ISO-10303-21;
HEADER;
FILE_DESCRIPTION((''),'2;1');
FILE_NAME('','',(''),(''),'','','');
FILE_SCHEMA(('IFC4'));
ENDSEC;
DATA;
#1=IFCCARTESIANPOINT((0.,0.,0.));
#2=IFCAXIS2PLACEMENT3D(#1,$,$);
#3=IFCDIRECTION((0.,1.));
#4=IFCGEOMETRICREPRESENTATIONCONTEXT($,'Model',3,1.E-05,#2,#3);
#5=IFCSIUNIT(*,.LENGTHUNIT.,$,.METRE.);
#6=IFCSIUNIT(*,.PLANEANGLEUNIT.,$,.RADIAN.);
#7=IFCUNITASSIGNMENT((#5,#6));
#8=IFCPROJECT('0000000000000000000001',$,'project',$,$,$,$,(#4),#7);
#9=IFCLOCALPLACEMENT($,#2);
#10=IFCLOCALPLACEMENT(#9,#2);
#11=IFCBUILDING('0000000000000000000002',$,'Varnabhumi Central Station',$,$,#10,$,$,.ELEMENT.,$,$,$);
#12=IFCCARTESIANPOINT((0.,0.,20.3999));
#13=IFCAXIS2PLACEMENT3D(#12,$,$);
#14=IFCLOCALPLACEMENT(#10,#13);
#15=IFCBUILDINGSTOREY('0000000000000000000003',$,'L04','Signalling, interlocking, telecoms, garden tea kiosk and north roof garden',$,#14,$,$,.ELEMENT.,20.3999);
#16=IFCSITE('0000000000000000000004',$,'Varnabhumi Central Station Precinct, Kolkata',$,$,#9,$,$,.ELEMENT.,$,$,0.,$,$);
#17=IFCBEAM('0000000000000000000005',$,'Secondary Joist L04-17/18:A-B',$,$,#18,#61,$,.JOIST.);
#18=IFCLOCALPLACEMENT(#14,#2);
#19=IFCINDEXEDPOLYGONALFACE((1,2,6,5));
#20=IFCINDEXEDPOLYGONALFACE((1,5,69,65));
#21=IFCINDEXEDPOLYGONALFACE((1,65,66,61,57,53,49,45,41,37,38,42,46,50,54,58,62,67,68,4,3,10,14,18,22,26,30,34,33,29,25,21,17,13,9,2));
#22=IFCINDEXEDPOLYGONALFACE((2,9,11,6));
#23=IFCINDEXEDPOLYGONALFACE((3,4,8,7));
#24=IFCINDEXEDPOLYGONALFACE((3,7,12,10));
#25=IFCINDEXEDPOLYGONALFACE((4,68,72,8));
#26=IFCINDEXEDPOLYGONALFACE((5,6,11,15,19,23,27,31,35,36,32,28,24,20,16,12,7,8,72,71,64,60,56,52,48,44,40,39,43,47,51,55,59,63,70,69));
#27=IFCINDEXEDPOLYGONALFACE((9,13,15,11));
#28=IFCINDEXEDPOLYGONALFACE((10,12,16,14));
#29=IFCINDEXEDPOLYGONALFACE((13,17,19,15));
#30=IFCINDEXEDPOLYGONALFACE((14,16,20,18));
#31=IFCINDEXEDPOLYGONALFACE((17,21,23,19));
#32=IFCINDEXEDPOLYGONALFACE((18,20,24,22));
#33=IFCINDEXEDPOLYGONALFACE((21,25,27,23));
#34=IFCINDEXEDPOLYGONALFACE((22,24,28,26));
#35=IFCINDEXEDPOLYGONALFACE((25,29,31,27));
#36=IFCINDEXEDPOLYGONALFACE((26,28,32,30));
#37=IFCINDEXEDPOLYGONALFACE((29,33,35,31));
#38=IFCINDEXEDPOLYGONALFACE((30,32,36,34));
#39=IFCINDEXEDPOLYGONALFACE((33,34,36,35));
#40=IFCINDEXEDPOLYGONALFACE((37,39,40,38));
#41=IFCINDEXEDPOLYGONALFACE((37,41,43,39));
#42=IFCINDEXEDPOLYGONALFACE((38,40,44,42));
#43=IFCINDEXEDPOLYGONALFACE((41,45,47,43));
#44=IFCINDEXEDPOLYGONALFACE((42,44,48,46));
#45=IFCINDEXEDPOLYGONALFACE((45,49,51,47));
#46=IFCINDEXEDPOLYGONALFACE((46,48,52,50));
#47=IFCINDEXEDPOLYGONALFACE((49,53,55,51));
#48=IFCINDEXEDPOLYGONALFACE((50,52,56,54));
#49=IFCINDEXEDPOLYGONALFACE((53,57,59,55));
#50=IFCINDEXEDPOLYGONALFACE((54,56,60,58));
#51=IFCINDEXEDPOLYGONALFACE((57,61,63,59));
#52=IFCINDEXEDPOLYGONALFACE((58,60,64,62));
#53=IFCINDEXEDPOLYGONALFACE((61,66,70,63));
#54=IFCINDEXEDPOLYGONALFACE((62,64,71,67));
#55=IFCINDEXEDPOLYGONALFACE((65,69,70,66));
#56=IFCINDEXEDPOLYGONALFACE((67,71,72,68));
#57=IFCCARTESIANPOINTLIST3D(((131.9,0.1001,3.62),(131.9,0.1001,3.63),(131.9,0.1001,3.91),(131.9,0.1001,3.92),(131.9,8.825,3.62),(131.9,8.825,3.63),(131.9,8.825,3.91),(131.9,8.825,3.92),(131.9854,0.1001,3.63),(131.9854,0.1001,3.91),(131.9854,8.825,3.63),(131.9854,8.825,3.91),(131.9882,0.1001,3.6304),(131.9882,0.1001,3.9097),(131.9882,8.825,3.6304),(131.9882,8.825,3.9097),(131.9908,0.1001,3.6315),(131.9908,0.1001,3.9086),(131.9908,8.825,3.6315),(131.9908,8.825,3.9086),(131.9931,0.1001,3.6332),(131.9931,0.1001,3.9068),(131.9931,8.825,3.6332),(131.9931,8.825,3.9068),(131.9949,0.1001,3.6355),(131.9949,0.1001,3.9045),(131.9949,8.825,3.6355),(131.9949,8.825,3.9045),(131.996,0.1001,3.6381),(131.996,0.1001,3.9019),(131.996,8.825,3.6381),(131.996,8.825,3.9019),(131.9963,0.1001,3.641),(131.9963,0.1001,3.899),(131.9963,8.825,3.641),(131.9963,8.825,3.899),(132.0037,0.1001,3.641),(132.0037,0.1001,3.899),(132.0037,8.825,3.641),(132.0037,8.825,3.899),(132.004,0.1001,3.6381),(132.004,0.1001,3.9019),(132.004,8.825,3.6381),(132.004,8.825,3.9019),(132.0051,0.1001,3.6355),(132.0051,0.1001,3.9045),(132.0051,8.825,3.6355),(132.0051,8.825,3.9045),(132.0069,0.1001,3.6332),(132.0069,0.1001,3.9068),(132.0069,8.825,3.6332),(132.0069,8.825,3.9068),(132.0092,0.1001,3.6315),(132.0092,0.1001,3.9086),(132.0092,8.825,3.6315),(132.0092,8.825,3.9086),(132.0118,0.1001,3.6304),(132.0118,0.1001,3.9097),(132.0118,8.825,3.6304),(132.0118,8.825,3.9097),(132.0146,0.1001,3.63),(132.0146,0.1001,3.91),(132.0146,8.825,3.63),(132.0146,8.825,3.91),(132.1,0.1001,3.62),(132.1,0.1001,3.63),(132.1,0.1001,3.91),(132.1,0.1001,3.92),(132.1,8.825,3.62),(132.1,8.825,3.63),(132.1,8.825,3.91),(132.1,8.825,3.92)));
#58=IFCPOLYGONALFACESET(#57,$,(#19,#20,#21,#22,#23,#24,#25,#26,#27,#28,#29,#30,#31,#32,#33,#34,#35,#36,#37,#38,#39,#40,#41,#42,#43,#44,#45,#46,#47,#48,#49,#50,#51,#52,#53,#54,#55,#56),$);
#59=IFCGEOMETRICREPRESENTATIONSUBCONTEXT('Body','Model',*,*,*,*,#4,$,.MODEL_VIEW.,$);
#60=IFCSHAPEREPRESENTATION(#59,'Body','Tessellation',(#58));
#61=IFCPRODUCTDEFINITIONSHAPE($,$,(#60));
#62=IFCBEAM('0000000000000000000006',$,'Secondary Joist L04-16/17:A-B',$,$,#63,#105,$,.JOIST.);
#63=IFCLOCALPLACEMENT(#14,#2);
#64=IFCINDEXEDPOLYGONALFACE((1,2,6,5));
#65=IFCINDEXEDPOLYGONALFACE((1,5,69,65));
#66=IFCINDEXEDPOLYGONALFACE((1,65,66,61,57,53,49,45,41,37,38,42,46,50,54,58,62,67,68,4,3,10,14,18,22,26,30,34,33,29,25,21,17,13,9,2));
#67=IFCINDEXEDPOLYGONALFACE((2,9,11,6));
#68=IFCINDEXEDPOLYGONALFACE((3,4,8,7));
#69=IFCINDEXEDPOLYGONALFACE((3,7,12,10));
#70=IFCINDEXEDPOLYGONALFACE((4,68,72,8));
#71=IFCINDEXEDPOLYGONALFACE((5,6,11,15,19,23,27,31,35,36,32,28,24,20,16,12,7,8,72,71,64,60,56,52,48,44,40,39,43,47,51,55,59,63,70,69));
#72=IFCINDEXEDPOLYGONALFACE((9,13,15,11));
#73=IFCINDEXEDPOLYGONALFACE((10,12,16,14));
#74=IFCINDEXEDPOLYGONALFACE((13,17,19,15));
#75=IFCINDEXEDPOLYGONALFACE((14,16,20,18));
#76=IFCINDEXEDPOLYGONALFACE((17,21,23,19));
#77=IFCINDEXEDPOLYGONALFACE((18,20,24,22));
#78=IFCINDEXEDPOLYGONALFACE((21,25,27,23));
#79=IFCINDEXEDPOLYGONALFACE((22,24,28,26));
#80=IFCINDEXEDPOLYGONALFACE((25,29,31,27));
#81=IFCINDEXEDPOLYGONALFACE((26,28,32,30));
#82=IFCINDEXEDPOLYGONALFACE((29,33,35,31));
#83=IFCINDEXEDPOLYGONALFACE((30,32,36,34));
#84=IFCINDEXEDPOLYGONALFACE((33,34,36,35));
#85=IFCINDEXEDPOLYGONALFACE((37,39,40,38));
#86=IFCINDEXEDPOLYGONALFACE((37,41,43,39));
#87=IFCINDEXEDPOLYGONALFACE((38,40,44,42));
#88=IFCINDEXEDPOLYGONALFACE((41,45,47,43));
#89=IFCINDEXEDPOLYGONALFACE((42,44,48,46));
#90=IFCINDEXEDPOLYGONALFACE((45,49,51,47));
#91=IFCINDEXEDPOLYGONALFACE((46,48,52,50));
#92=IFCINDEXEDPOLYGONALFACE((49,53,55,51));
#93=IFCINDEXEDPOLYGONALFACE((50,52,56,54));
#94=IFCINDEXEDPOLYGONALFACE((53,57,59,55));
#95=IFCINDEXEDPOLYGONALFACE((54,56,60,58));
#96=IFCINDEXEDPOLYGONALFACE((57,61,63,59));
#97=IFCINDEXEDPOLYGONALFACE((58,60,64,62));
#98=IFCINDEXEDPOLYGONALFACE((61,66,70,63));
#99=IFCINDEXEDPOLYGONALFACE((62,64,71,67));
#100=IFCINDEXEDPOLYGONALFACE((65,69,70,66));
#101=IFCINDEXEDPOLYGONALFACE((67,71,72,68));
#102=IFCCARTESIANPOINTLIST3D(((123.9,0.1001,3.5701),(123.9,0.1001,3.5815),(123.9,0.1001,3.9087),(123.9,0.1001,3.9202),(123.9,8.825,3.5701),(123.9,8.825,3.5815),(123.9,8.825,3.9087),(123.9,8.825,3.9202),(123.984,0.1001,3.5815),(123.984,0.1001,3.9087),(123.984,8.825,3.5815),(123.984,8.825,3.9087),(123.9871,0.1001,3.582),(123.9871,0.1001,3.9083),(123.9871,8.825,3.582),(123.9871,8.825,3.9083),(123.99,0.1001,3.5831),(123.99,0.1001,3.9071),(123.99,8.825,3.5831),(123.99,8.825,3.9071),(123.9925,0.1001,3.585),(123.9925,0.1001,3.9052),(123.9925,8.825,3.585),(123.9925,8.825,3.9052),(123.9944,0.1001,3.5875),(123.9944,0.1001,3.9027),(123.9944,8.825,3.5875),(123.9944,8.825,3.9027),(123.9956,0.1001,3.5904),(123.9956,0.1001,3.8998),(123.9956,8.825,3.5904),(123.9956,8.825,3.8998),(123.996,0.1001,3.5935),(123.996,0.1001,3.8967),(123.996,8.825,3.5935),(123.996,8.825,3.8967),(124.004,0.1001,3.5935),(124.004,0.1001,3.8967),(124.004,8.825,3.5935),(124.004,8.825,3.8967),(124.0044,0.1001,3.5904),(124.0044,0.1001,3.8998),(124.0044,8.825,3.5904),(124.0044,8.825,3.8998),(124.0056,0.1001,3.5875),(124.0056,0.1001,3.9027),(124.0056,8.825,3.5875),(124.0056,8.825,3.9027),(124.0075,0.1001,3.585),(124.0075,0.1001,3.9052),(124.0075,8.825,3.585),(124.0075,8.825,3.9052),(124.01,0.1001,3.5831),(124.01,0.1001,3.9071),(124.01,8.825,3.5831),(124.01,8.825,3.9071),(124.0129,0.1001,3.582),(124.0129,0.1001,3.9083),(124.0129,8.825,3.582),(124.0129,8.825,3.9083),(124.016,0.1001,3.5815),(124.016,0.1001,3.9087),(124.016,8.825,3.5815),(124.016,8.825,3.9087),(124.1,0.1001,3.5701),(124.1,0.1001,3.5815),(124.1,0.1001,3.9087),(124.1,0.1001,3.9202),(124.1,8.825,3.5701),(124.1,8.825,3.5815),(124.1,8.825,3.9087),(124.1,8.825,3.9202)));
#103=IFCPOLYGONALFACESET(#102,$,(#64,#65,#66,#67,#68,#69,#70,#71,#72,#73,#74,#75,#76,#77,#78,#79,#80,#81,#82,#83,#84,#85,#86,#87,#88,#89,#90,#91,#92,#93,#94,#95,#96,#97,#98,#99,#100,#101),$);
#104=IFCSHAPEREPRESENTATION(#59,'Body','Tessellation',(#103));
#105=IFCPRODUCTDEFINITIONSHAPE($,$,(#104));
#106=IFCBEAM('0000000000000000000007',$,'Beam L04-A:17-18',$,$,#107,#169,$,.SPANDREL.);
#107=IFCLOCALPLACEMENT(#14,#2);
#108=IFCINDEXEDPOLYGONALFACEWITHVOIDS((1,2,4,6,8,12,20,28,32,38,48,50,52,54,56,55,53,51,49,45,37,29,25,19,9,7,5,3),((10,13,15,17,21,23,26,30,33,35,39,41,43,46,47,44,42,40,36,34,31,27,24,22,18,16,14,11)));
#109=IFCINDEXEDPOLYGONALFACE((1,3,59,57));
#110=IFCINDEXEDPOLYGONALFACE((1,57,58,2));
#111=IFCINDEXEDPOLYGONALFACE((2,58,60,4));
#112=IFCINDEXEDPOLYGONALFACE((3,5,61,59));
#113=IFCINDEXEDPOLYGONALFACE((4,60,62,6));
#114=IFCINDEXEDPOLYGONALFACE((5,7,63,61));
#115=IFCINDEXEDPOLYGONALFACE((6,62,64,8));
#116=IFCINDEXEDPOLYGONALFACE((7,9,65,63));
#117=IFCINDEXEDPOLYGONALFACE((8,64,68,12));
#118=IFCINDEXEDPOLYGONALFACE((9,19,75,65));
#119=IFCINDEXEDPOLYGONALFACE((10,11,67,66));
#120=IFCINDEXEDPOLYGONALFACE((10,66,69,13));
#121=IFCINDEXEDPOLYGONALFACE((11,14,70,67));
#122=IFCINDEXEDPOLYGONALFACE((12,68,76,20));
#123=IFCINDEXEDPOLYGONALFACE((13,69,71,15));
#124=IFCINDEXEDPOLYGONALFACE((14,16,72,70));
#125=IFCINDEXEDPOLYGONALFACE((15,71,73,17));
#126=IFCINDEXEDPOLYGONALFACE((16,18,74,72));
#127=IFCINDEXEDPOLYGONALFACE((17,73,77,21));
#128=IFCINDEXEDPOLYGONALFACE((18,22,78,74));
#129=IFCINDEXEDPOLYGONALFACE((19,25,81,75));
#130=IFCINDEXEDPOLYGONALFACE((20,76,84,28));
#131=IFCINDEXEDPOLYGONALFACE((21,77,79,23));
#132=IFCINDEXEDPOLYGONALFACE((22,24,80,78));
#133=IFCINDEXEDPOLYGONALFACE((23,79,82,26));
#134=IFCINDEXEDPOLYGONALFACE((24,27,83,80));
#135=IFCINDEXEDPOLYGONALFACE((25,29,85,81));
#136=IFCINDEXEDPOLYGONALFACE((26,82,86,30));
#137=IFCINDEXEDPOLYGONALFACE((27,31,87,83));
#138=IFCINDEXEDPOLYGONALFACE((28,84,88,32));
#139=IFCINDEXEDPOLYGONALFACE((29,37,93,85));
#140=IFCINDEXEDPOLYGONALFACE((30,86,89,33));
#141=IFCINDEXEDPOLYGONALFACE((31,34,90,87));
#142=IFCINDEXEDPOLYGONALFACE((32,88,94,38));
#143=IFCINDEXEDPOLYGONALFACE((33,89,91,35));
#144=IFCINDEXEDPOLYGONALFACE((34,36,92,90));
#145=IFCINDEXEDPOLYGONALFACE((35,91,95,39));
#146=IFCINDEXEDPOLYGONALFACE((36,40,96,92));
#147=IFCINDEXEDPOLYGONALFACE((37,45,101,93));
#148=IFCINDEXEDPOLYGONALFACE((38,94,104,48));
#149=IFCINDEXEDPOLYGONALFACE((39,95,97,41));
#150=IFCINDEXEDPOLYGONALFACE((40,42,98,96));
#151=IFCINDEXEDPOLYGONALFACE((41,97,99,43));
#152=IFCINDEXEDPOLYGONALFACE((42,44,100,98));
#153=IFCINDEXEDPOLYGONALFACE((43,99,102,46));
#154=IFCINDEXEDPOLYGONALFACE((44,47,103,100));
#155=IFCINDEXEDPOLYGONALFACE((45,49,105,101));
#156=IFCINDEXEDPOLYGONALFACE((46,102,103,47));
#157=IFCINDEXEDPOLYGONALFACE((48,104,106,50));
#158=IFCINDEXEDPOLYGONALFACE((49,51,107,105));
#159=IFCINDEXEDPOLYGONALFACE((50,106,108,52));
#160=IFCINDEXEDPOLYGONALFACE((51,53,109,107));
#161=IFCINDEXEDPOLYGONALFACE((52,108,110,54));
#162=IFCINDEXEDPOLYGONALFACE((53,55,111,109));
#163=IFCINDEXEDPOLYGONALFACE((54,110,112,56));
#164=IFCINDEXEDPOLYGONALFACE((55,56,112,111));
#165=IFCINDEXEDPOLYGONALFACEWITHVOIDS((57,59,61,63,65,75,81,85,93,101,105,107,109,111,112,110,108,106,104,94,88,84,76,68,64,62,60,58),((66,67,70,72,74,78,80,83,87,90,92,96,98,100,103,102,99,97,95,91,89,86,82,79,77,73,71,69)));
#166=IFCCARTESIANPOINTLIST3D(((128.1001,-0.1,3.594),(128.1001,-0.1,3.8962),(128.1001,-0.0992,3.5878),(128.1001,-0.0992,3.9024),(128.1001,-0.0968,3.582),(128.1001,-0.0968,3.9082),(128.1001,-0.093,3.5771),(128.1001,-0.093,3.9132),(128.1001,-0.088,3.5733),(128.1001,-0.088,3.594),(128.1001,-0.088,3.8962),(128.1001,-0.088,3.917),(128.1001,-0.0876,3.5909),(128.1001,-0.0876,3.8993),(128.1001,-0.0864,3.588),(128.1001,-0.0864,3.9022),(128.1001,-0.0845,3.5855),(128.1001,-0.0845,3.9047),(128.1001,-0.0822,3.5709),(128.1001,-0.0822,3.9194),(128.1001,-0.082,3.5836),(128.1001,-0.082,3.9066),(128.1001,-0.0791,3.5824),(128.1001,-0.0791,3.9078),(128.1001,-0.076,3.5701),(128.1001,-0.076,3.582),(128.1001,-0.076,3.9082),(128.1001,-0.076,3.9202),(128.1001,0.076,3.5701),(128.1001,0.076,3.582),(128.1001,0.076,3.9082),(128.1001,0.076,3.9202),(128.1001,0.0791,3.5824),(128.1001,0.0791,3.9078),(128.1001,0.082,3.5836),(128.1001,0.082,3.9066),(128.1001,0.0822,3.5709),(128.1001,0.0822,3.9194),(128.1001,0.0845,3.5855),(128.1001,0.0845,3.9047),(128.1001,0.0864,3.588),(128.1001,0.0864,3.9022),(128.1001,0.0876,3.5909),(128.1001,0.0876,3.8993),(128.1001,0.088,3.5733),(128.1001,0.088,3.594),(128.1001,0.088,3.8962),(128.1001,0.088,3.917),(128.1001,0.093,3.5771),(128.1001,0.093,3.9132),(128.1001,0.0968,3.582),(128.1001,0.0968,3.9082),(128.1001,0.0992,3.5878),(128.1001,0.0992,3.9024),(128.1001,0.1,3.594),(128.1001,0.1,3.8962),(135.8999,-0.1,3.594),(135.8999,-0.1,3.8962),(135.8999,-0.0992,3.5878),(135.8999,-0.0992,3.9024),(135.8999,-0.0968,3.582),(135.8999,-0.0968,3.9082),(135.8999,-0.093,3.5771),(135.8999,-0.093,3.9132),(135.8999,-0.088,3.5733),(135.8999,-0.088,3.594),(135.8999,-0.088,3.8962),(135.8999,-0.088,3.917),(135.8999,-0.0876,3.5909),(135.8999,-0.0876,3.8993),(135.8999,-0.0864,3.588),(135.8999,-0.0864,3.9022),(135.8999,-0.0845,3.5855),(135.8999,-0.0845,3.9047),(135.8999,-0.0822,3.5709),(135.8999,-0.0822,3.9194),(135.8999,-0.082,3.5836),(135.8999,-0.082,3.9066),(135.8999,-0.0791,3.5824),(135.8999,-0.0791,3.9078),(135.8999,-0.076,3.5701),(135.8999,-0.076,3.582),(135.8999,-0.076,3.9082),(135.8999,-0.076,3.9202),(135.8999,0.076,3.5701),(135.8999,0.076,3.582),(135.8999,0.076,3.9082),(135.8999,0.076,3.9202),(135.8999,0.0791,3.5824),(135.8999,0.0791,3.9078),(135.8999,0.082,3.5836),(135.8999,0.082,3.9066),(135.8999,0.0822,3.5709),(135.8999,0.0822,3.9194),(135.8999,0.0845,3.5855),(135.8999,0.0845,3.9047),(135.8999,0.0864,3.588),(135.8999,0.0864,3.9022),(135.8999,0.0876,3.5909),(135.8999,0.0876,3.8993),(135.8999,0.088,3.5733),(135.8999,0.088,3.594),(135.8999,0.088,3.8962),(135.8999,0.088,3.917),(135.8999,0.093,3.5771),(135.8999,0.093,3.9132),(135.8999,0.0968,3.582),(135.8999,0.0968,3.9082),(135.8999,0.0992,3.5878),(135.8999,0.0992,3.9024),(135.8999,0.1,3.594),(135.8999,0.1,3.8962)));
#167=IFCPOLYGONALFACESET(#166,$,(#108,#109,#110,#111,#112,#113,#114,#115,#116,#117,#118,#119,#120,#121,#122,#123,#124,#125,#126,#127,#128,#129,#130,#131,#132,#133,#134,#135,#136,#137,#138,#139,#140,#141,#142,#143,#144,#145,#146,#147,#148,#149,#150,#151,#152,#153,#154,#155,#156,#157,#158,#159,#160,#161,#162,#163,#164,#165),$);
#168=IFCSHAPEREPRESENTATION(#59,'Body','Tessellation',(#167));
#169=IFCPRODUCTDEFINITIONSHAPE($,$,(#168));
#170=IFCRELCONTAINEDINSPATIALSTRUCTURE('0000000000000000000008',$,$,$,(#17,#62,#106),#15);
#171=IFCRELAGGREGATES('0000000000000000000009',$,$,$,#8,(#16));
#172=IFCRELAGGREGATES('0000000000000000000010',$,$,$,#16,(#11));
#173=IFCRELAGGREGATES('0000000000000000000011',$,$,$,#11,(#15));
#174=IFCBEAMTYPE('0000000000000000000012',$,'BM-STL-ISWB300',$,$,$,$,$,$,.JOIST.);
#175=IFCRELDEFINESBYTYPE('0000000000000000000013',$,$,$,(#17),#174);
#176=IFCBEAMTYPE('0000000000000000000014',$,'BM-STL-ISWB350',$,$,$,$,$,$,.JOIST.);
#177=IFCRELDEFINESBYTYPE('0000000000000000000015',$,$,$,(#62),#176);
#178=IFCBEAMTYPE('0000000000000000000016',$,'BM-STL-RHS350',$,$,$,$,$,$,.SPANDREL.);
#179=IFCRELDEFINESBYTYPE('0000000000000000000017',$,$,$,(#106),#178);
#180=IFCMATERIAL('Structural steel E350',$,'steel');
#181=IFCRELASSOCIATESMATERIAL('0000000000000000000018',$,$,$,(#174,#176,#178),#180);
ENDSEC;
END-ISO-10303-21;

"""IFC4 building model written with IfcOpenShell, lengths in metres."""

from ifc_helpers import new_model, si_unit, direction, frame, origin, origin_2d, place, context, subcontext, project, spatial, hollow_rectangle, i_section, extrude, material, material_profile, profile_set, type_object, element, save


model = new_model("IFC4")

# Units and contexts
model_context = context("Model", 3, precision=1e-05, world=origin(), true_north=direction((0.0, 1.0)))
body_context = subcontext(model_context, "Body", "Model", "MODEL_VIEW")
ifc_project = project(units=[si_unit("LENGTHUNIT", "METRE"), si_unit("PLANEANGLEUNIT", "RADIAN")], contexts=[model_context])

# Site, building, storey
site_placement = place(None, origin())
site = spatial("IfcSite", under=ifc_project, at=site_placement, Name="Varnabhumi Central Station Precinct, Kolkata", CompositionType="ELEMENT", RefElevation=0.0)
building_placement = place(site_placement, origin())
building = spatial("IfcBuilding", under=site, at=building_placement, Name="Varnabhumi Central Station", CompositionType="ELEMENT")
storey_placement = place(building_placement, frame((0.0, 0.0, 20.3999)))
storey = spatial("IfcBuildingStorey", under=building, at=storey_placement, Name="L04", Description="Signalling, interlocking, telecoms, garden tea kiosk and north roof garden", CompositionType="ELEMENT", Elevation=20.3999)

# Beams
ifc_material_1 = material(Name="Structural steel E350", Category="steel")
ifc_material_profile_1 = material_profile(ifc_material_1, i_section(OverallWidth=0.2, OverallDepth=0.3, WebThickness=0.0073, FlangeThickness=0.01, FilletRadius=0.011, at=origin_2d()), Name="Structural steel E350", Category="steel")
ifc_profile_set_1 = profile_set([ifc_material_profile_1], Name="Structural steel E350")
beam_type_1 = type_object("IfcBeamType", Name="BM-STL-ISWB300", PredefinedType="JOIST", material=ifc_profile_set_1)
beam_1_placement = place(storey_placement, frame((132.0, 0.1001, 3.77), z_axis=(0.0, 1.0, 0.0), x_axis=(-1.0, 0.0, 0.0)))
element("IfcBeam", 1, at=beam_1_placement, inside=storey, type_object=beam_type_1, Name="Secondary Joist L04-17/18:A-B", PredefinedType="JOIST", context=body_context, shape_type="SweptSolid", body=[
    extrude(i_section(OverallWidth=0.2, OverallDepth=0.3, WebThickness=0.0073, FlangeThickness=0.01, FilletRadius=0.011, at=origin_2d()), origin(), (0.0, 0.0, 1.0), 8.7249),
])
ifc_material_profile_2 = material_profile(ifc_material_1, i_section(OverallWidth=0.2, OverallDepth=0.3501, WebThickness=0.0081, FlangeThickness=0.0115, FilletRadius=0.012, at=origin_2d()), Name="Structural steel E350", Category="steel")
ifc_profile_set_2 = profile_set([ifc_material_profile_2], Name="Structural steel E350")
beam_type_2 = type_object("IfcBeamType", Name="BM-STL-ISWB350", PredefinedType="JOIST", material=ifc_profile_set_2)
beam_2_placement = place(storey_placement, frame((124.0, 0.1001, 3.7451), z_axis=(0.0, 1.0, 0.0), x_axis=(-1.0, 0.0, 0.0)))
element("IfcBeam", 2, at=beam_2_placement, inside=storey, type_object=beam_type_2, Name="Secondary Joist L04-16/17:A-B", PredefinedType="JOIST", context=body_context, shape_type="SweptSolid", body=[
    extrude(i_section(OverallWidth=0.2, OverallDepth=0.3501, WebThickness=0.0081, FlangeThickness=0.0115, FilletRadius=0.012, at=origin_2d()), origin(), (0.0, 0.0, 1.0), 8.7249),
])
ifc_material_profile_3 = material_profile(ifc_material_1, hollow_rectangle(XDim=0.2, YDim=0.3501, WallThickness=0.012, InnerFilletRadius=0.012, OuterFilletRadius=0.0239, at=origin_2d()), Name="Structural steel E350", Category="steel")
ifc_profile_set_3 = profile_set([ifc_material_profile_3], Name="Structural steel E350")
beam_type_3 = type_object("IfcBeamType", Name="BM-STL-RHS350", PredefinedType="SPANDREL", material=ifc_profile_set_3)
for number, where, z_axis, x_axis, name in (
    (3, (128.1001, 0.0, 3.7451), (1.0, 0.0, 0.0), (0.0, 1.0, 0.0), "Beam L04-A:17-18"),
):
    element("IfcBeam", number, at=place(storey_placement, frame(where, z_axis=z_axis, x_axis=x_axis)), inside=storey, type_object=beam_type_3, Name=name, PredefinedType="SPANDREL", context=body_context, shape_type="SweptSolid", body=[
        extrude(hollow_rectangle(XDim=0.2, YDim=0.3501, WallThickness=0.012, InnerFilletRadius=0.012, OuterFilletRadius=0.0239, at=origin_2d()), origin(), (0.0, 0.0, 1.0), 7.7998),
    ])

save(model, "model.ifc")
